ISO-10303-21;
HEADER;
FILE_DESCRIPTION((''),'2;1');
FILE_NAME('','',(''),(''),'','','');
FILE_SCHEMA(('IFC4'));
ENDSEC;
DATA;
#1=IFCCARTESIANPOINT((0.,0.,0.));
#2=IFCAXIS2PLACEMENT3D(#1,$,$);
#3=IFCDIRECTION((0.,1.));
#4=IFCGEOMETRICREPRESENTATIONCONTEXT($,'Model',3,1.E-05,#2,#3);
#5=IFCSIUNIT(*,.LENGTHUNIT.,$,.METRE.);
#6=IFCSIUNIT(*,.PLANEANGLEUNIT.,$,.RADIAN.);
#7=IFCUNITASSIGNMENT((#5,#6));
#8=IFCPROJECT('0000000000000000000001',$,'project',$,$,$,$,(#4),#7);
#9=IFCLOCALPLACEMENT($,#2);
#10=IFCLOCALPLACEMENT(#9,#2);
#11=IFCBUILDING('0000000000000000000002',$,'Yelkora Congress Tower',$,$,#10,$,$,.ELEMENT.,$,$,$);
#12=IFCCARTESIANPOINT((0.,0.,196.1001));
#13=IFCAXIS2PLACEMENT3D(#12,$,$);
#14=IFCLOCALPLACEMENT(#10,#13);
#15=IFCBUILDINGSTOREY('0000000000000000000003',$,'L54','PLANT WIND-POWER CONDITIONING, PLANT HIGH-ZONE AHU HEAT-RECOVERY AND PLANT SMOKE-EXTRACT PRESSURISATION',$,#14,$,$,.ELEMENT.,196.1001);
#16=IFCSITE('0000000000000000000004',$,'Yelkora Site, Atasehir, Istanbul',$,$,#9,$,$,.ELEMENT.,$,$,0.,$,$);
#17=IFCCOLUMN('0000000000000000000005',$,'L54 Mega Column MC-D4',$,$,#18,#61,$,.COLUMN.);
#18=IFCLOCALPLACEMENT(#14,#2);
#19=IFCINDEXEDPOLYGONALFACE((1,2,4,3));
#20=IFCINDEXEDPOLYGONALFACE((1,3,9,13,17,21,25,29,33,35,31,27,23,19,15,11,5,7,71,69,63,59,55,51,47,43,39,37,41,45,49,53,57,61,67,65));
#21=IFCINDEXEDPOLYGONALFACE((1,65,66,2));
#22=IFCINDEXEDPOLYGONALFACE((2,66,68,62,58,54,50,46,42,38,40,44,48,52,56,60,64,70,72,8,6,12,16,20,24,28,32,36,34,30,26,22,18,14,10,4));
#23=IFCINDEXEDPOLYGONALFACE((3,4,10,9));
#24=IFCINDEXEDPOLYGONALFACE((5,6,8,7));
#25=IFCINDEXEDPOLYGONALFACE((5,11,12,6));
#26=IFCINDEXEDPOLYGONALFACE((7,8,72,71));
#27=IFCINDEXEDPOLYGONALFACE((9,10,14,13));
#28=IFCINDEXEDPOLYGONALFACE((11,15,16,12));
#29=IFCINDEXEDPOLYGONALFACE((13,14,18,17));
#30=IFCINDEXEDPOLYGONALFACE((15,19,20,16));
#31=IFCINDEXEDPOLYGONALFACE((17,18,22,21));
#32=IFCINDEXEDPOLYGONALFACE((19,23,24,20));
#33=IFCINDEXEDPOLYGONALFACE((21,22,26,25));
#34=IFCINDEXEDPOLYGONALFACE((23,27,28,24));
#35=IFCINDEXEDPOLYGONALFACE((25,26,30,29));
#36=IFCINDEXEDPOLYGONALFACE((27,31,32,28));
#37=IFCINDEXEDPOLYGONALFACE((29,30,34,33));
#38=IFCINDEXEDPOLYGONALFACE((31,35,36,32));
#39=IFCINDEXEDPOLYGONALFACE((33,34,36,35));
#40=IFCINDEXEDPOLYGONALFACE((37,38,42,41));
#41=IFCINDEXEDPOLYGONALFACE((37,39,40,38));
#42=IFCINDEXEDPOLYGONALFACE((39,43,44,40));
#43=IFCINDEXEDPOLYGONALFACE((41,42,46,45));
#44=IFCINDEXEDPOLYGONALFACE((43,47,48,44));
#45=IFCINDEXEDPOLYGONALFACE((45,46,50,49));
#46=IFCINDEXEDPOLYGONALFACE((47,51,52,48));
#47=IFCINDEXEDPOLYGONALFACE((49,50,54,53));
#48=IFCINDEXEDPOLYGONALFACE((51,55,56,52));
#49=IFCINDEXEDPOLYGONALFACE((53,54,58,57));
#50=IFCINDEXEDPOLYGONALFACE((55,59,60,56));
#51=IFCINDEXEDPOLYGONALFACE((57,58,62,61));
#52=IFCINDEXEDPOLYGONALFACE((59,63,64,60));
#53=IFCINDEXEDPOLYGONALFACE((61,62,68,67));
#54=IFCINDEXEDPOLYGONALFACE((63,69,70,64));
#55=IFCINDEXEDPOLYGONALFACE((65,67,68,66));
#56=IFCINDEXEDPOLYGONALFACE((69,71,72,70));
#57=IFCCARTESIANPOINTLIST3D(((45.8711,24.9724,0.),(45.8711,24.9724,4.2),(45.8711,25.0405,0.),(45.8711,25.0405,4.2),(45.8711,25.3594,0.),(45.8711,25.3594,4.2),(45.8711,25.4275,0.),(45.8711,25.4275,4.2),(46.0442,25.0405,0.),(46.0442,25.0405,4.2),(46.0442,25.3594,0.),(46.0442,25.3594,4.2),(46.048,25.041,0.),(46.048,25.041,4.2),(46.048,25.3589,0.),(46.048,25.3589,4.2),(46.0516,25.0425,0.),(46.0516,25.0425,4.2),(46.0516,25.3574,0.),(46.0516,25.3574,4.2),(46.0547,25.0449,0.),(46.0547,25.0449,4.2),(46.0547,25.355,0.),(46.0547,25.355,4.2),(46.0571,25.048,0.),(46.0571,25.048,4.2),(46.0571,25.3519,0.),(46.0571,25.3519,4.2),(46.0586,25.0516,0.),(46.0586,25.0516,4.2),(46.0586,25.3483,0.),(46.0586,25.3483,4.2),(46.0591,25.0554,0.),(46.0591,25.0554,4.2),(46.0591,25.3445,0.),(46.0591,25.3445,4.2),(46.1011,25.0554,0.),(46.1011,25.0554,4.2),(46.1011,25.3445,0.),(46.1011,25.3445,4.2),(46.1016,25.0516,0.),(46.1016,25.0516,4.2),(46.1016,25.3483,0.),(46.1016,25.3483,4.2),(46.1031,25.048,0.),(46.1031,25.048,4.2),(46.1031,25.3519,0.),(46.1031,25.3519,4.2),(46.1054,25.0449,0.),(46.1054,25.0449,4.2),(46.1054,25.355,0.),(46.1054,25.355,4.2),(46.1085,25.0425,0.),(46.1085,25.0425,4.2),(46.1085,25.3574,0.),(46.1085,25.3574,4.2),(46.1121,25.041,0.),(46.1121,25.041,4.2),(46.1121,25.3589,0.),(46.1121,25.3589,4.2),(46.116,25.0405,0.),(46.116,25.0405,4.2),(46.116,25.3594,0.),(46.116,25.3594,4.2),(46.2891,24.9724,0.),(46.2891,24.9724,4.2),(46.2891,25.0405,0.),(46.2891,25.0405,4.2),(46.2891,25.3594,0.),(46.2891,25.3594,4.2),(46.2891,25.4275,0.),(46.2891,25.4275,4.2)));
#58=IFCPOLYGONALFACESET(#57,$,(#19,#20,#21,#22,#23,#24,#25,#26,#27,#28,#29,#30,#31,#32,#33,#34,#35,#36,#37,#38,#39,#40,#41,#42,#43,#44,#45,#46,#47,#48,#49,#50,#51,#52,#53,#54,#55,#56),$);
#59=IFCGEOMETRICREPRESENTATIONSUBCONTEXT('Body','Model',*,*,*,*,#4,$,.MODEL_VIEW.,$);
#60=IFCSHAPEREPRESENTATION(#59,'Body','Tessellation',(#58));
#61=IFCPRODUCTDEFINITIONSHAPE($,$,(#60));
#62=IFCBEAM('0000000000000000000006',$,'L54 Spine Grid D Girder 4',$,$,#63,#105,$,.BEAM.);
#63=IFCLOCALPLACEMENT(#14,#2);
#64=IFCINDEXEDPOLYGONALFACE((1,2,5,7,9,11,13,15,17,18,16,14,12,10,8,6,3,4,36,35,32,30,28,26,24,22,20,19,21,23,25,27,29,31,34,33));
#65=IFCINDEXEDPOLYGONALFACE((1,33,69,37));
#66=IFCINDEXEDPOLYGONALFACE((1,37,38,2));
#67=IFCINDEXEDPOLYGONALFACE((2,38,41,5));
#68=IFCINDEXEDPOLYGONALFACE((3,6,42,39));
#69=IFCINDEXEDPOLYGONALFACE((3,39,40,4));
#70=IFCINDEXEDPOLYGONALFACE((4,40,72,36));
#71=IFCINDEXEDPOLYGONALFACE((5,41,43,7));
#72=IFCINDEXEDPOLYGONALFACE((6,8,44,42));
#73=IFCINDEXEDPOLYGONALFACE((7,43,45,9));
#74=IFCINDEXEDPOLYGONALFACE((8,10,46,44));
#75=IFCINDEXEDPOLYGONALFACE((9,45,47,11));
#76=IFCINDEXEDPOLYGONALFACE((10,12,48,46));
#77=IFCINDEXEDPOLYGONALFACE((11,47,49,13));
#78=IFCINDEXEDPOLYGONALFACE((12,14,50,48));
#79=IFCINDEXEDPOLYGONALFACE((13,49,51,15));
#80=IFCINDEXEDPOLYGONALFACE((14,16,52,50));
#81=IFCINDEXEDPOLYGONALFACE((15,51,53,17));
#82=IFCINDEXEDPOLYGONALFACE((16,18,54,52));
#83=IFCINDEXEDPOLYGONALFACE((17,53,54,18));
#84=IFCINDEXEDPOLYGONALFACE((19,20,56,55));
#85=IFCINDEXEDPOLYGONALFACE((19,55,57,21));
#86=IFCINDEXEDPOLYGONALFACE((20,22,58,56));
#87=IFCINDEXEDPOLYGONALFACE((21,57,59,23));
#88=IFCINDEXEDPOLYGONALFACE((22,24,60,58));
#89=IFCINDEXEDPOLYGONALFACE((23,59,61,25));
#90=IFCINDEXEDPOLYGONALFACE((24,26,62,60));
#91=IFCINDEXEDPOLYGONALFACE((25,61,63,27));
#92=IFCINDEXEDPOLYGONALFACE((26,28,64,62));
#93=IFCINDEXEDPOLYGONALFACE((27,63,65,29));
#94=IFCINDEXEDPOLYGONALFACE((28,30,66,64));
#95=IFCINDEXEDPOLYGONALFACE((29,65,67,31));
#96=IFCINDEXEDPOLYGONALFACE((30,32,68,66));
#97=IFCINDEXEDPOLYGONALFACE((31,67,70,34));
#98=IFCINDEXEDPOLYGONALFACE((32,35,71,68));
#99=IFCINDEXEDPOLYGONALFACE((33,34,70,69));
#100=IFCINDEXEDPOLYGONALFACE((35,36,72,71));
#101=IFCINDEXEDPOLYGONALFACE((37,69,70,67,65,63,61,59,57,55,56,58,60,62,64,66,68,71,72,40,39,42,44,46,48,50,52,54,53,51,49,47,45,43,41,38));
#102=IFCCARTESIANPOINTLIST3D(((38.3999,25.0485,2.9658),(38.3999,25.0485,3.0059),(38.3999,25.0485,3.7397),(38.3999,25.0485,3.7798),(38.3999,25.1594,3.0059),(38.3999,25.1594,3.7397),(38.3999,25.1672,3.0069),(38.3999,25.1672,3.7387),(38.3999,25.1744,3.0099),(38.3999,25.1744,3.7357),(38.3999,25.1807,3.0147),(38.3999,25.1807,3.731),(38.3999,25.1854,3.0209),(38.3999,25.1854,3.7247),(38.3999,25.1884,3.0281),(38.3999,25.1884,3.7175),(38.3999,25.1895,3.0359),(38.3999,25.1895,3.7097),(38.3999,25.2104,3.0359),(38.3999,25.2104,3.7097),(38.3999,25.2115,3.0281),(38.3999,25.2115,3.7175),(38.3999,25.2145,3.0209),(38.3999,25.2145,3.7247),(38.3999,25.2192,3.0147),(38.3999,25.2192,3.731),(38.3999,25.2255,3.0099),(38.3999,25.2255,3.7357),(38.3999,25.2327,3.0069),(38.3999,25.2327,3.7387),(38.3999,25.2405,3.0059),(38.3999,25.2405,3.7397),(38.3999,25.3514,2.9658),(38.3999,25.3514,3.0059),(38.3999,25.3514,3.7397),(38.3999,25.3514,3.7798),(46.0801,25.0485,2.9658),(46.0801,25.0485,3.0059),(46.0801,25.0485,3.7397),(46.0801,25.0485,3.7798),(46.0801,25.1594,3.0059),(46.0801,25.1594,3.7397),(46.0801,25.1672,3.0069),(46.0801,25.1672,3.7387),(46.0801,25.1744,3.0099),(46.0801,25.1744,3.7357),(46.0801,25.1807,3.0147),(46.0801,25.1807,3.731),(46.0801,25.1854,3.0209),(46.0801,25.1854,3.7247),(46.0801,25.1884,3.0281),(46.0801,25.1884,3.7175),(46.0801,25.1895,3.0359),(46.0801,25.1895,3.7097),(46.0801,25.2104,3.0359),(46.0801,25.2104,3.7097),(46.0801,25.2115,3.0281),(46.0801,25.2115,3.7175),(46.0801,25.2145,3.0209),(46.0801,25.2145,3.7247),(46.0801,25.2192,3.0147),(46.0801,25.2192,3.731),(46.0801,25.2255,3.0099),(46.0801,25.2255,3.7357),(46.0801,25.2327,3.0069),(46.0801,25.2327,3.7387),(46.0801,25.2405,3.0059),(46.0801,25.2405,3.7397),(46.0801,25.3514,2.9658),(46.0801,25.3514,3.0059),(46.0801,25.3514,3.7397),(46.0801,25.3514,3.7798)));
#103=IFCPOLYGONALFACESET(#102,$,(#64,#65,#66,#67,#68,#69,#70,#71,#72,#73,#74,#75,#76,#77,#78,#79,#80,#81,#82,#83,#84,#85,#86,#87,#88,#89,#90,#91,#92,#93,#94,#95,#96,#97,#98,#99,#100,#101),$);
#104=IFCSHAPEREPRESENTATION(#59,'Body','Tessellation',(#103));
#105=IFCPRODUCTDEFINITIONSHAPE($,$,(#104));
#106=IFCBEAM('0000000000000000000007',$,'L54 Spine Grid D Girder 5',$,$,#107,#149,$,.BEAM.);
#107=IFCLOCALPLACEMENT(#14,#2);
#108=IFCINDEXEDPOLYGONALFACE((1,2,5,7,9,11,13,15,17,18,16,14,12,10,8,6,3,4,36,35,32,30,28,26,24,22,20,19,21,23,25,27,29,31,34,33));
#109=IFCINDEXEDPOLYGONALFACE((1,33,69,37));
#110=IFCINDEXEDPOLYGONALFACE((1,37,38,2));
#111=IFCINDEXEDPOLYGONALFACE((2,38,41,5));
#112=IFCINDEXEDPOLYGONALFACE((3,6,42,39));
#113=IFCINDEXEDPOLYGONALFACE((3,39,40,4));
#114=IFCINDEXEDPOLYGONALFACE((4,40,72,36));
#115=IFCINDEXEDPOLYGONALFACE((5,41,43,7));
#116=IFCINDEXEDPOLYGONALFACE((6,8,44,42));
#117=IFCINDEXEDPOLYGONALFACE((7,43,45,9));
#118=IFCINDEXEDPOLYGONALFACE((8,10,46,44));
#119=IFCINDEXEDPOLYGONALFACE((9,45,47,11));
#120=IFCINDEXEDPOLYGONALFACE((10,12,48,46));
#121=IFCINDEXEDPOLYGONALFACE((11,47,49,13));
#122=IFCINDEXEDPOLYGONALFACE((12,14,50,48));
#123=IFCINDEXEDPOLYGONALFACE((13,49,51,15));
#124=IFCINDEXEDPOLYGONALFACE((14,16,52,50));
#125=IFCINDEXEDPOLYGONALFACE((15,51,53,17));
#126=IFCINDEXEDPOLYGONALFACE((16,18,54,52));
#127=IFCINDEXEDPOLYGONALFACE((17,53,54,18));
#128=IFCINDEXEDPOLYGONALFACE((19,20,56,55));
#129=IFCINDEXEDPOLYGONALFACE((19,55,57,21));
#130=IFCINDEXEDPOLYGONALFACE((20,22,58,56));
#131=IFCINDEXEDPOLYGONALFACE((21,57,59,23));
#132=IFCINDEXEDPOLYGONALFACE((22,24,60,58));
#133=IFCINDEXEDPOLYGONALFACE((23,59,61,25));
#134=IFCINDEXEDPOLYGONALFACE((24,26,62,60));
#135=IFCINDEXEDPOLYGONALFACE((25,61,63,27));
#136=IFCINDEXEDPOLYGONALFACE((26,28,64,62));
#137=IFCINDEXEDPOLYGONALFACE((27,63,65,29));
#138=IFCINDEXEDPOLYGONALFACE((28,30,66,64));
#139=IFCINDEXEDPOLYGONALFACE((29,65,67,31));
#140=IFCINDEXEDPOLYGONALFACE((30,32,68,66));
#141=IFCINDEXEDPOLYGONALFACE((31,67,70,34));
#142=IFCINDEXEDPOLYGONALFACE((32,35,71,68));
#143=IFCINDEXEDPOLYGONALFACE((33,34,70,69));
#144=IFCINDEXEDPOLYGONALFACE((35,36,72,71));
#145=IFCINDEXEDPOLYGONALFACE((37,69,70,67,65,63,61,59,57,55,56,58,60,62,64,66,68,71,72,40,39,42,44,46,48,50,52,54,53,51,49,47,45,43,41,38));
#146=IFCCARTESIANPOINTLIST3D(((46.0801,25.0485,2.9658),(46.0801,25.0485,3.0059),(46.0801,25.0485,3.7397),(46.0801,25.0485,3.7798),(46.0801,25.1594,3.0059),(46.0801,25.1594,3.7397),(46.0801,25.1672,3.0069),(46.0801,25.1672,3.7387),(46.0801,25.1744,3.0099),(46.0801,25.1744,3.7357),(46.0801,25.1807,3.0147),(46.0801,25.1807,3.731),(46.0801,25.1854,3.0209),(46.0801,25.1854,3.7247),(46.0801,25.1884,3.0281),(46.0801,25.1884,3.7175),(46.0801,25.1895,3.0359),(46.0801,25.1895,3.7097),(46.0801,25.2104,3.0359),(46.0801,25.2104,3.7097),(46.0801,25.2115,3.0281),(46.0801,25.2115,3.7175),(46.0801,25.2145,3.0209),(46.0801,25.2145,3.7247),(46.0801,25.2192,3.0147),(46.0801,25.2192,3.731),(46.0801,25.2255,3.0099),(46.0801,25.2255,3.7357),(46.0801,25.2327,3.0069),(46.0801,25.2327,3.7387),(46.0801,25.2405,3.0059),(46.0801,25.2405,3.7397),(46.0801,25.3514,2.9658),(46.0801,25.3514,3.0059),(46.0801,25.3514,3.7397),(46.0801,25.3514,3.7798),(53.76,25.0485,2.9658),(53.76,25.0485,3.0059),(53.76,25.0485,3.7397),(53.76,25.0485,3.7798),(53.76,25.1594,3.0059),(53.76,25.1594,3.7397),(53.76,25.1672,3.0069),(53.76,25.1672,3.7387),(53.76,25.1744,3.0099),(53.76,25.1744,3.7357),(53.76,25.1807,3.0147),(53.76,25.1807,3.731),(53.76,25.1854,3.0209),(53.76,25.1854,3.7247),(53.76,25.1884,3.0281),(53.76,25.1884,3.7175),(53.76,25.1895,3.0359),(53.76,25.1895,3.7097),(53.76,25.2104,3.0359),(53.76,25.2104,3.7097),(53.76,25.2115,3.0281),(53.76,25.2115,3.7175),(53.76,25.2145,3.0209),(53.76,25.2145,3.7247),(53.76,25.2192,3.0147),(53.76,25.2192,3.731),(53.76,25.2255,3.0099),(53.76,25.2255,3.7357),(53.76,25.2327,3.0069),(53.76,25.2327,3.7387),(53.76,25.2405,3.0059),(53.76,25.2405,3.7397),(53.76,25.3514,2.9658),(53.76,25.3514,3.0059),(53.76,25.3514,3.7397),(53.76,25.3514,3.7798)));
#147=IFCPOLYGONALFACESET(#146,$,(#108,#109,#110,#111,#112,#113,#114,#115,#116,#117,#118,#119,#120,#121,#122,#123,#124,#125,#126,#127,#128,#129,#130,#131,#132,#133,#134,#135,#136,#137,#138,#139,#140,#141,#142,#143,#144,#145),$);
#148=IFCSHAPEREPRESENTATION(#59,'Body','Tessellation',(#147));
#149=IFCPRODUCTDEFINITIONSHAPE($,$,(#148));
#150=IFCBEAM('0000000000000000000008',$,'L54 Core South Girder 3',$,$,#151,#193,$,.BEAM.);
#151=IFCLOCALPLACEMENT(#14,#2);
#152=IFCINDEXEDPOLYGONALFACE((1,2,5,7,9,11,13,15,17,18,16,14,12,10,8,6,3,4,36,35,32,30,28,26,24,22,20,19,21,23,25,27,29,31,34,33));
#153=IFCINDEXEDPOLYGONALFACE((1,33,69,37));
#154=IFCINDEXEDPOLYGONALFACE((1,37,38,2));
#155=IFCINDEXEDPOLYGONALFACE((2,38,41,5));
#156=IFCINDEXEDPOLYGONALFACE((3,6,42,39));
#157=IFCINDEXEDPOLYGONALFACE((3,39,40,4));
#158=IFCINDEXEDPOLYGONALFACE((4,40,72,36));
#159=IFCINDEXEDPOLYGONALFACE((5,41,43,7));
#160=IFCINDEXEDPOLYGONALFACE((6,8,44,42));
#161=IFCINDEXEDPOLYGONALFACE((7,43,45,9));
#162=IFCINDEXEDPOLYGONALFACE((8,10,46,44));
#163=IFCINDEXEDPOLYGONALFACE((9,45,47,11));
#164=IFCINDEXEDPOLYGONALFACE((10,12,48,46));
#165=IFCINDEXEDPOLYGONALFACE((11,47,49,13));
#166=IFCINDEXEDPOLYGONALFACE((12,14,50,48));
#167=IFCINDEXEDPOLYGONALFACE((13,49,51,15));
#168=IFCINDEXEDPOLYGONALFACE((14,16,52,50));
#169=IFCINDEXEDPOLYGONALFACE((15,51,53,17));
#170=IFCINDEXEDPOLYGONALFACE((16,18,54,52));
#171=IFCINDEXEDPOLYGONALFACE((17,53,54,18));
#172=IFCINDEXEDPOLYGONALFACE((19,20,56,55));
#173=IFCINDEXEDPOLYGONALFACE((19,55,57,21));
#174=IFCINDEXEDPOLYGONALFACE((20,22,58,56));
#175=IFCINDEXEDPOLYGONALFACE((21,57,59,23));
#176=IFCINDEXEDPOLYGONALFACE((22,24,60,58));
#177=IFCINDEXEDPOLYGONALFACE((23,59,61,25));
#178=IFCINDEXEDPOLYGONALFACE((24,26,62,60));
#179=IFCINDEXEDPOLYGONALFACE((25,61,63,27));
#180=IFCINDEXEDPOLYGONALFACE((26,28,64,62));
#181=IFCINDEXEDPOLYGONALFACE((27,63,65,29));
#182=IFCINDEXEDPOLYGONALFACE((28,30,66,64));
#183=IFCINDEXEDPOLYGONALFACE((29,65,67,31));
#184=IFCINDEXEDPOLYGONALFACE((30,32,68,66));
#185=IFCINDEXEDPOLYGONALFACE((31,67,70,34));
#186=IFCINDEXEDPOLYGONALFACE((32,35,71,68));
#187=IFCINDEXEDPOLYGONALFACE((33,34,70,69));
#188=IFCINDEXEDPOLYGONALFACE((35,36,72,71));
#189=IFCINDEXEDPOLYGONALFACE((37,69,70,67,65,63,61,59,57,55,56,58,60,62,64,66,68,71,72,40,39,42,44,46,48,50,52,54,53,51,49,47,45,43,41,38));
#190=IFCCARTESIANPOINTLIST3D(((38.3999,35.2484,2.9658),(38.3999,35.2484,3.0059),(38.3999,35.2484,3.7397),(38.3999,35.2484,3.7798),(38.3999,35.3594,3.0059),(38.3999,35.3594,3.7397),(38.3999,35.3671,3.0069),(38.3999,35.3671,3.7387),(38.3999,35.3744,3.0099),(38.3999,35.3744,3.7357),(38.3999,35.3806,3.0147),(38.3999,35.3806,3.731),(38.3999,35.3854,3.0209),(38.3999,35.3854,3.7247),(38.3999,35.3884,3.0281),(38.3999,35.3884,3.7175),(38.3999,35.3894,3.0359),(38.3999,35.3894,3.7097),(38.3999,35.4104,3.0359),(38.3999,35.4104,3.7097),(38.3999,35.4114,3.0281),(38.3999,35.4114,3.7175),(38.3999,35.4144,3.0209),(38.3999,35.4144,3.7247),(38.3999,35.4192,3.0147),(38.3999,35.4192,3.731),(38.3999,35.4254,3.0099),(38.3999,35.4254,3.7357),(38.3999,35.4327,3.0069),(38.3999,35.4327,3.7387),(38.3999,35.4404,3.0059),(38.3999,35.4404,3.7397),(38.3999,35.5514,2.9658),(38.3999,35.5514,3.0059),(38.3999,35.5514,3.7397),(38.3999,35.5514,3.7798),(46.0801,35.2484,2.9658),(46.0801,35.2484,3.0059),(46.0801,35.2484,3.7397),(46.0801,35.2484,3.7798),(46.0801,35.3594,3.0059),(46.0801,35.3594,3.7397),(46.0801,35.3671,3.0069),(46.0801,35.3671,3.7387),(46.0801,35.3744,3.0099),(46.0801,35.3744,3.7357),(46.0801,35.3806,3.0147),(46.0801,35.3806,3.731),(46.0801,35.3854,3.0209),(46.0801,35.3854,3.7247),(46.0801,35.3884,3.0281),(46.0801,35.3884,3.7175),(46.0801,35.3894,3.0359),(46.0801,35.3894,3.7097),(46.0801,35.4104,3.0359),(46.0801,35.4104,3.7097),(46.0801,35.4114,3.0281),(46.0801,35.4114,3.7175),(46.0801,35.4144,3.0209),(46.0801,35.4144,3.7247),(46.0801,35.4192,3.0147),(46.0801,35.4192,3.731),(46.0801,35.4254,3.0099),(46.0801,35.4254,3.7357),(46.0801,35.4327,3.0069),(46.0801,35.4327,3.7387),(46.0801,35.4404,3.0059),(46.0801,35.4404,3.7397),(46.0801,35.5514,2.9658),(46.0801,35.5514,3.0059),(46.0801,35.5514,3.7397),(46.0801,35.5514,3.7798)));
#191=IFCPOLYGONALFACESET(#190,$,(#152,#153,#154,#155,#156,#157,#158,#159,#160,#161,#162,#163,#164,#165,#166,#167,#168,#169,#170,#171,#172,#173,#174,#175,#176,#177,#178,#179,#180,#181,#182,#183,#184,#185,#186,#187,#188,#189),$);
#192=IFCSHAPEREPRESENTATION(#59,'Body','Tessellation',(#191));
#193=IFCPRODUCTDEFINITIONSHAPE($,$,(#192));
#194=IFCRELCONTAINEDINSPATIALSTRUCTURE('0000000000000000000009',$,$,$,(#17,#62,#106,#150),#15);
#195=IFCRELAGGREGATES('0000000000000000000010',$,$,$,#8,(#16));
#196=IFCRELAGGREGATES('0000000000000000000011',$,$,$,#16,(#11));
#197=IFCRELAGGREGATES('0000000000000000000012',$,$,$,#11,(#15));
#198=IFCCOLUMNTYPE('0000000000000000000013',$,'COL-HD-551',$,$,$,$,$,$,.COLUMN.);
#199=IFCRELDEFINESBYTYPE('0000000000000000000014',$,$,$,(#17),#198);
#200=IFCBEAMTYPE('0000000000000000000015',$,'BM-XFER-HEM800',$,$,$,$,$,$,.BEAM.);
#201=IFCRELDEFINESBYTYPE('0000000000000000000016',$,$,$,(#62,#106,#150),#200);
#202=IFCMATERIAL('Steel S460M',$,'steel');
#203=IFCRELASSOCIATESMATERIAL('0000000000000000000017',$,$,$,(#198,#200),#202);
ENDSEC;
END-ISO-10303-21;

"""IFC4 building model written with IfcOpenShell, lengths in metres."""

from ifc_helpers import new_model, si_unit, direction, frame, origin, origin_2d, place, context, subcontext, project, spatial, i_section, extrude, material, material_profile, profile_set, type_object, element, save


model = new_model("IFC4")

# Units and contexts
model_context = context("Model", 3, precision=1e-05, world=origin(), true_north=direction((0.0, 1.0)))
body_context = subcontext(model_context, "Body", "Model", "MODEL_VIEW")
ifc_project = project(units=[si_unit("LENGTHUNIT", "METRE"), si_unit("PLANEANGLEUNIT", "RADIAN")], contexts=[model_context])

# Site, building, storey
site_placement = place(None, origin())
site = spatial("IfcSite", under=ifc_project, at=site_placement, Name="Yelkora Site, Atasehir, Istanbul", CompositionType="ELEMENT", RefElevation=0.0)
building_placement = place(site_placement, origin())
building = spatial("IfcBuilding", under=site, at=building_placement, Name="Yelkora Congress Tower", CompositionType="ELEMENT")
storey_placement = place(building_placement, frame((0.0, 0.0, 196.1001)))
storey = spatial("IfcBuildingStorey", under=building, at=storey_placement, Name="L54", Description="PLANT WIND-POWER CONDITIONING, PLANT HIGH-ZONE AHU HEAT-RECOVERY AND PLANT SMOKE-EXTRACT PRESSURISATION", CompositionType="ELEMENT", Elevation=196.1001)

# Column
ifc_material_1 = material(Name="Steel S460M", Category="steel")
ifc_material_profile_1 = material_profile(ifc_material_1, i_section(OverallWidth=0.418, OverallDepth=0.4551, WebThickness=0.042, FlangeThickness=0.0681, FilletRadius=0.0149, at=origin_2d()), Name="HD 400x551")
ifc_profile_set_1 = profile_set([ifc_material_profile_1], Name="Steel S460M")
column_type = type_object("IfcColumnType", Name="COL-HD-551", PredefinedType="COLUMN", material=ifc_profile_set_1)
column_placement = place(storey_placement, frame((46.0801, 25.2, 0.0), z_axis=(0.0, 0.0, 1.0), x_axis=(1.0, 0.0, 0.0)))
element("IfcColumn", 1, at=column_placement, inside=storey, type_object=column_type, Name="L54 Mega Column MC-D4", PredefinedType="COLUMN", context=body_context, shape_type="SweptSolid", body=[
    extrude(i_section(OverallWidth=0.418, OverallDepth=0.4551, WebThickness=0.042, FlangeThickness=0.0681, FilletRadius=0.0149, at=origin_2d()), origin(), (0.0, 0.0, 1.0), 4.2),
])

# Beams
ifc_material_profile_2 = material_profile(ifc_material_1, i_section(OverallWidth=0.303, OverallDepth=0.814, WebThickness=0.021, FlangeThickness=0.04, FilletRadius=0.03, at=origin_2d()), Name="HEM 800")
ifc_profile_set_2 = profile_set([ifc_material_profile_2], Name="Steel S460M")
beam_type = type_object("IfcBeamType", Name="BM-XFER-HEM800", PredefinedType="BEAM", material=ifc_profile_set_2)
beam_1_placement = place(storey_placement, frame((38.3999, 25.2, 3.3728), z_axis=(1.0, 0.0, 0.0), x_axis=(0.0, 1.0, 0.0)))
element("IfcBeam", 2, at=beam_1_placement, inside=storey, type_object=beam_type, Name="L54 Spine Grid D Girder 4", PredefinedType="BEAM", context=body_context, shape_type="SweptSolid", body=[
    extrude(i_section(OverallWidth=0.303, OverallDepth=0.814, WebThickness=0.021, FlangeThickness=0.04, FilletRadius=0.03, at=origin_2d()), origin(), (0.0, 0.0, 1.0), 7.6802),
])
beam_2_placement = place(storey_placement, frame((46.0801, 25.2, 3.3728), z_axis=(1.0, 0.0, 0.0), x_axis=(0.0, 1.0, 0.0)))
element("IfcBeam", 3, at=beam_2_placement, inside=storey, type_object=beam_type, Name="L54 Spine Grid D Girder 5", PredefinedType="BEAM", context=body_context, shape_type="SweptSolid", body=[
    extrude(i_section(OverallWidth=0.303, OverallDepth=0.814, WebThickness=0.021, FlangeThickness=0.04, FilletRadius=0.03, at=origin_2d()), origin(), (0.0, 0.0, 1.0), 7.6799),
])
beam_3_placement = place(storey_placement, frame((38.3999, 35.3999, 3.3728), z_axis=(1.0, 0.0, 0.0), x_axis=(0.0, 1.0, 0.0)))
element("IfcBeam", 4, at=beam_3_placement, inside=storey, type_object=beam_type, Name="L54 Core South Girder 3", PredefinedType="BEAM", context=body_context, shape_type="SweptSolid", body=[
    extrude(i_section(OverallWidth=0.303, OverallDepth=0.814, WebThickness=0.021, FlangeThickness=0.04, FilletRadius=0.03, at=origin_2d()), origin(), (0.0, 0.0, 1.0), 7.6802),
])

save(model, "model.ifc")
